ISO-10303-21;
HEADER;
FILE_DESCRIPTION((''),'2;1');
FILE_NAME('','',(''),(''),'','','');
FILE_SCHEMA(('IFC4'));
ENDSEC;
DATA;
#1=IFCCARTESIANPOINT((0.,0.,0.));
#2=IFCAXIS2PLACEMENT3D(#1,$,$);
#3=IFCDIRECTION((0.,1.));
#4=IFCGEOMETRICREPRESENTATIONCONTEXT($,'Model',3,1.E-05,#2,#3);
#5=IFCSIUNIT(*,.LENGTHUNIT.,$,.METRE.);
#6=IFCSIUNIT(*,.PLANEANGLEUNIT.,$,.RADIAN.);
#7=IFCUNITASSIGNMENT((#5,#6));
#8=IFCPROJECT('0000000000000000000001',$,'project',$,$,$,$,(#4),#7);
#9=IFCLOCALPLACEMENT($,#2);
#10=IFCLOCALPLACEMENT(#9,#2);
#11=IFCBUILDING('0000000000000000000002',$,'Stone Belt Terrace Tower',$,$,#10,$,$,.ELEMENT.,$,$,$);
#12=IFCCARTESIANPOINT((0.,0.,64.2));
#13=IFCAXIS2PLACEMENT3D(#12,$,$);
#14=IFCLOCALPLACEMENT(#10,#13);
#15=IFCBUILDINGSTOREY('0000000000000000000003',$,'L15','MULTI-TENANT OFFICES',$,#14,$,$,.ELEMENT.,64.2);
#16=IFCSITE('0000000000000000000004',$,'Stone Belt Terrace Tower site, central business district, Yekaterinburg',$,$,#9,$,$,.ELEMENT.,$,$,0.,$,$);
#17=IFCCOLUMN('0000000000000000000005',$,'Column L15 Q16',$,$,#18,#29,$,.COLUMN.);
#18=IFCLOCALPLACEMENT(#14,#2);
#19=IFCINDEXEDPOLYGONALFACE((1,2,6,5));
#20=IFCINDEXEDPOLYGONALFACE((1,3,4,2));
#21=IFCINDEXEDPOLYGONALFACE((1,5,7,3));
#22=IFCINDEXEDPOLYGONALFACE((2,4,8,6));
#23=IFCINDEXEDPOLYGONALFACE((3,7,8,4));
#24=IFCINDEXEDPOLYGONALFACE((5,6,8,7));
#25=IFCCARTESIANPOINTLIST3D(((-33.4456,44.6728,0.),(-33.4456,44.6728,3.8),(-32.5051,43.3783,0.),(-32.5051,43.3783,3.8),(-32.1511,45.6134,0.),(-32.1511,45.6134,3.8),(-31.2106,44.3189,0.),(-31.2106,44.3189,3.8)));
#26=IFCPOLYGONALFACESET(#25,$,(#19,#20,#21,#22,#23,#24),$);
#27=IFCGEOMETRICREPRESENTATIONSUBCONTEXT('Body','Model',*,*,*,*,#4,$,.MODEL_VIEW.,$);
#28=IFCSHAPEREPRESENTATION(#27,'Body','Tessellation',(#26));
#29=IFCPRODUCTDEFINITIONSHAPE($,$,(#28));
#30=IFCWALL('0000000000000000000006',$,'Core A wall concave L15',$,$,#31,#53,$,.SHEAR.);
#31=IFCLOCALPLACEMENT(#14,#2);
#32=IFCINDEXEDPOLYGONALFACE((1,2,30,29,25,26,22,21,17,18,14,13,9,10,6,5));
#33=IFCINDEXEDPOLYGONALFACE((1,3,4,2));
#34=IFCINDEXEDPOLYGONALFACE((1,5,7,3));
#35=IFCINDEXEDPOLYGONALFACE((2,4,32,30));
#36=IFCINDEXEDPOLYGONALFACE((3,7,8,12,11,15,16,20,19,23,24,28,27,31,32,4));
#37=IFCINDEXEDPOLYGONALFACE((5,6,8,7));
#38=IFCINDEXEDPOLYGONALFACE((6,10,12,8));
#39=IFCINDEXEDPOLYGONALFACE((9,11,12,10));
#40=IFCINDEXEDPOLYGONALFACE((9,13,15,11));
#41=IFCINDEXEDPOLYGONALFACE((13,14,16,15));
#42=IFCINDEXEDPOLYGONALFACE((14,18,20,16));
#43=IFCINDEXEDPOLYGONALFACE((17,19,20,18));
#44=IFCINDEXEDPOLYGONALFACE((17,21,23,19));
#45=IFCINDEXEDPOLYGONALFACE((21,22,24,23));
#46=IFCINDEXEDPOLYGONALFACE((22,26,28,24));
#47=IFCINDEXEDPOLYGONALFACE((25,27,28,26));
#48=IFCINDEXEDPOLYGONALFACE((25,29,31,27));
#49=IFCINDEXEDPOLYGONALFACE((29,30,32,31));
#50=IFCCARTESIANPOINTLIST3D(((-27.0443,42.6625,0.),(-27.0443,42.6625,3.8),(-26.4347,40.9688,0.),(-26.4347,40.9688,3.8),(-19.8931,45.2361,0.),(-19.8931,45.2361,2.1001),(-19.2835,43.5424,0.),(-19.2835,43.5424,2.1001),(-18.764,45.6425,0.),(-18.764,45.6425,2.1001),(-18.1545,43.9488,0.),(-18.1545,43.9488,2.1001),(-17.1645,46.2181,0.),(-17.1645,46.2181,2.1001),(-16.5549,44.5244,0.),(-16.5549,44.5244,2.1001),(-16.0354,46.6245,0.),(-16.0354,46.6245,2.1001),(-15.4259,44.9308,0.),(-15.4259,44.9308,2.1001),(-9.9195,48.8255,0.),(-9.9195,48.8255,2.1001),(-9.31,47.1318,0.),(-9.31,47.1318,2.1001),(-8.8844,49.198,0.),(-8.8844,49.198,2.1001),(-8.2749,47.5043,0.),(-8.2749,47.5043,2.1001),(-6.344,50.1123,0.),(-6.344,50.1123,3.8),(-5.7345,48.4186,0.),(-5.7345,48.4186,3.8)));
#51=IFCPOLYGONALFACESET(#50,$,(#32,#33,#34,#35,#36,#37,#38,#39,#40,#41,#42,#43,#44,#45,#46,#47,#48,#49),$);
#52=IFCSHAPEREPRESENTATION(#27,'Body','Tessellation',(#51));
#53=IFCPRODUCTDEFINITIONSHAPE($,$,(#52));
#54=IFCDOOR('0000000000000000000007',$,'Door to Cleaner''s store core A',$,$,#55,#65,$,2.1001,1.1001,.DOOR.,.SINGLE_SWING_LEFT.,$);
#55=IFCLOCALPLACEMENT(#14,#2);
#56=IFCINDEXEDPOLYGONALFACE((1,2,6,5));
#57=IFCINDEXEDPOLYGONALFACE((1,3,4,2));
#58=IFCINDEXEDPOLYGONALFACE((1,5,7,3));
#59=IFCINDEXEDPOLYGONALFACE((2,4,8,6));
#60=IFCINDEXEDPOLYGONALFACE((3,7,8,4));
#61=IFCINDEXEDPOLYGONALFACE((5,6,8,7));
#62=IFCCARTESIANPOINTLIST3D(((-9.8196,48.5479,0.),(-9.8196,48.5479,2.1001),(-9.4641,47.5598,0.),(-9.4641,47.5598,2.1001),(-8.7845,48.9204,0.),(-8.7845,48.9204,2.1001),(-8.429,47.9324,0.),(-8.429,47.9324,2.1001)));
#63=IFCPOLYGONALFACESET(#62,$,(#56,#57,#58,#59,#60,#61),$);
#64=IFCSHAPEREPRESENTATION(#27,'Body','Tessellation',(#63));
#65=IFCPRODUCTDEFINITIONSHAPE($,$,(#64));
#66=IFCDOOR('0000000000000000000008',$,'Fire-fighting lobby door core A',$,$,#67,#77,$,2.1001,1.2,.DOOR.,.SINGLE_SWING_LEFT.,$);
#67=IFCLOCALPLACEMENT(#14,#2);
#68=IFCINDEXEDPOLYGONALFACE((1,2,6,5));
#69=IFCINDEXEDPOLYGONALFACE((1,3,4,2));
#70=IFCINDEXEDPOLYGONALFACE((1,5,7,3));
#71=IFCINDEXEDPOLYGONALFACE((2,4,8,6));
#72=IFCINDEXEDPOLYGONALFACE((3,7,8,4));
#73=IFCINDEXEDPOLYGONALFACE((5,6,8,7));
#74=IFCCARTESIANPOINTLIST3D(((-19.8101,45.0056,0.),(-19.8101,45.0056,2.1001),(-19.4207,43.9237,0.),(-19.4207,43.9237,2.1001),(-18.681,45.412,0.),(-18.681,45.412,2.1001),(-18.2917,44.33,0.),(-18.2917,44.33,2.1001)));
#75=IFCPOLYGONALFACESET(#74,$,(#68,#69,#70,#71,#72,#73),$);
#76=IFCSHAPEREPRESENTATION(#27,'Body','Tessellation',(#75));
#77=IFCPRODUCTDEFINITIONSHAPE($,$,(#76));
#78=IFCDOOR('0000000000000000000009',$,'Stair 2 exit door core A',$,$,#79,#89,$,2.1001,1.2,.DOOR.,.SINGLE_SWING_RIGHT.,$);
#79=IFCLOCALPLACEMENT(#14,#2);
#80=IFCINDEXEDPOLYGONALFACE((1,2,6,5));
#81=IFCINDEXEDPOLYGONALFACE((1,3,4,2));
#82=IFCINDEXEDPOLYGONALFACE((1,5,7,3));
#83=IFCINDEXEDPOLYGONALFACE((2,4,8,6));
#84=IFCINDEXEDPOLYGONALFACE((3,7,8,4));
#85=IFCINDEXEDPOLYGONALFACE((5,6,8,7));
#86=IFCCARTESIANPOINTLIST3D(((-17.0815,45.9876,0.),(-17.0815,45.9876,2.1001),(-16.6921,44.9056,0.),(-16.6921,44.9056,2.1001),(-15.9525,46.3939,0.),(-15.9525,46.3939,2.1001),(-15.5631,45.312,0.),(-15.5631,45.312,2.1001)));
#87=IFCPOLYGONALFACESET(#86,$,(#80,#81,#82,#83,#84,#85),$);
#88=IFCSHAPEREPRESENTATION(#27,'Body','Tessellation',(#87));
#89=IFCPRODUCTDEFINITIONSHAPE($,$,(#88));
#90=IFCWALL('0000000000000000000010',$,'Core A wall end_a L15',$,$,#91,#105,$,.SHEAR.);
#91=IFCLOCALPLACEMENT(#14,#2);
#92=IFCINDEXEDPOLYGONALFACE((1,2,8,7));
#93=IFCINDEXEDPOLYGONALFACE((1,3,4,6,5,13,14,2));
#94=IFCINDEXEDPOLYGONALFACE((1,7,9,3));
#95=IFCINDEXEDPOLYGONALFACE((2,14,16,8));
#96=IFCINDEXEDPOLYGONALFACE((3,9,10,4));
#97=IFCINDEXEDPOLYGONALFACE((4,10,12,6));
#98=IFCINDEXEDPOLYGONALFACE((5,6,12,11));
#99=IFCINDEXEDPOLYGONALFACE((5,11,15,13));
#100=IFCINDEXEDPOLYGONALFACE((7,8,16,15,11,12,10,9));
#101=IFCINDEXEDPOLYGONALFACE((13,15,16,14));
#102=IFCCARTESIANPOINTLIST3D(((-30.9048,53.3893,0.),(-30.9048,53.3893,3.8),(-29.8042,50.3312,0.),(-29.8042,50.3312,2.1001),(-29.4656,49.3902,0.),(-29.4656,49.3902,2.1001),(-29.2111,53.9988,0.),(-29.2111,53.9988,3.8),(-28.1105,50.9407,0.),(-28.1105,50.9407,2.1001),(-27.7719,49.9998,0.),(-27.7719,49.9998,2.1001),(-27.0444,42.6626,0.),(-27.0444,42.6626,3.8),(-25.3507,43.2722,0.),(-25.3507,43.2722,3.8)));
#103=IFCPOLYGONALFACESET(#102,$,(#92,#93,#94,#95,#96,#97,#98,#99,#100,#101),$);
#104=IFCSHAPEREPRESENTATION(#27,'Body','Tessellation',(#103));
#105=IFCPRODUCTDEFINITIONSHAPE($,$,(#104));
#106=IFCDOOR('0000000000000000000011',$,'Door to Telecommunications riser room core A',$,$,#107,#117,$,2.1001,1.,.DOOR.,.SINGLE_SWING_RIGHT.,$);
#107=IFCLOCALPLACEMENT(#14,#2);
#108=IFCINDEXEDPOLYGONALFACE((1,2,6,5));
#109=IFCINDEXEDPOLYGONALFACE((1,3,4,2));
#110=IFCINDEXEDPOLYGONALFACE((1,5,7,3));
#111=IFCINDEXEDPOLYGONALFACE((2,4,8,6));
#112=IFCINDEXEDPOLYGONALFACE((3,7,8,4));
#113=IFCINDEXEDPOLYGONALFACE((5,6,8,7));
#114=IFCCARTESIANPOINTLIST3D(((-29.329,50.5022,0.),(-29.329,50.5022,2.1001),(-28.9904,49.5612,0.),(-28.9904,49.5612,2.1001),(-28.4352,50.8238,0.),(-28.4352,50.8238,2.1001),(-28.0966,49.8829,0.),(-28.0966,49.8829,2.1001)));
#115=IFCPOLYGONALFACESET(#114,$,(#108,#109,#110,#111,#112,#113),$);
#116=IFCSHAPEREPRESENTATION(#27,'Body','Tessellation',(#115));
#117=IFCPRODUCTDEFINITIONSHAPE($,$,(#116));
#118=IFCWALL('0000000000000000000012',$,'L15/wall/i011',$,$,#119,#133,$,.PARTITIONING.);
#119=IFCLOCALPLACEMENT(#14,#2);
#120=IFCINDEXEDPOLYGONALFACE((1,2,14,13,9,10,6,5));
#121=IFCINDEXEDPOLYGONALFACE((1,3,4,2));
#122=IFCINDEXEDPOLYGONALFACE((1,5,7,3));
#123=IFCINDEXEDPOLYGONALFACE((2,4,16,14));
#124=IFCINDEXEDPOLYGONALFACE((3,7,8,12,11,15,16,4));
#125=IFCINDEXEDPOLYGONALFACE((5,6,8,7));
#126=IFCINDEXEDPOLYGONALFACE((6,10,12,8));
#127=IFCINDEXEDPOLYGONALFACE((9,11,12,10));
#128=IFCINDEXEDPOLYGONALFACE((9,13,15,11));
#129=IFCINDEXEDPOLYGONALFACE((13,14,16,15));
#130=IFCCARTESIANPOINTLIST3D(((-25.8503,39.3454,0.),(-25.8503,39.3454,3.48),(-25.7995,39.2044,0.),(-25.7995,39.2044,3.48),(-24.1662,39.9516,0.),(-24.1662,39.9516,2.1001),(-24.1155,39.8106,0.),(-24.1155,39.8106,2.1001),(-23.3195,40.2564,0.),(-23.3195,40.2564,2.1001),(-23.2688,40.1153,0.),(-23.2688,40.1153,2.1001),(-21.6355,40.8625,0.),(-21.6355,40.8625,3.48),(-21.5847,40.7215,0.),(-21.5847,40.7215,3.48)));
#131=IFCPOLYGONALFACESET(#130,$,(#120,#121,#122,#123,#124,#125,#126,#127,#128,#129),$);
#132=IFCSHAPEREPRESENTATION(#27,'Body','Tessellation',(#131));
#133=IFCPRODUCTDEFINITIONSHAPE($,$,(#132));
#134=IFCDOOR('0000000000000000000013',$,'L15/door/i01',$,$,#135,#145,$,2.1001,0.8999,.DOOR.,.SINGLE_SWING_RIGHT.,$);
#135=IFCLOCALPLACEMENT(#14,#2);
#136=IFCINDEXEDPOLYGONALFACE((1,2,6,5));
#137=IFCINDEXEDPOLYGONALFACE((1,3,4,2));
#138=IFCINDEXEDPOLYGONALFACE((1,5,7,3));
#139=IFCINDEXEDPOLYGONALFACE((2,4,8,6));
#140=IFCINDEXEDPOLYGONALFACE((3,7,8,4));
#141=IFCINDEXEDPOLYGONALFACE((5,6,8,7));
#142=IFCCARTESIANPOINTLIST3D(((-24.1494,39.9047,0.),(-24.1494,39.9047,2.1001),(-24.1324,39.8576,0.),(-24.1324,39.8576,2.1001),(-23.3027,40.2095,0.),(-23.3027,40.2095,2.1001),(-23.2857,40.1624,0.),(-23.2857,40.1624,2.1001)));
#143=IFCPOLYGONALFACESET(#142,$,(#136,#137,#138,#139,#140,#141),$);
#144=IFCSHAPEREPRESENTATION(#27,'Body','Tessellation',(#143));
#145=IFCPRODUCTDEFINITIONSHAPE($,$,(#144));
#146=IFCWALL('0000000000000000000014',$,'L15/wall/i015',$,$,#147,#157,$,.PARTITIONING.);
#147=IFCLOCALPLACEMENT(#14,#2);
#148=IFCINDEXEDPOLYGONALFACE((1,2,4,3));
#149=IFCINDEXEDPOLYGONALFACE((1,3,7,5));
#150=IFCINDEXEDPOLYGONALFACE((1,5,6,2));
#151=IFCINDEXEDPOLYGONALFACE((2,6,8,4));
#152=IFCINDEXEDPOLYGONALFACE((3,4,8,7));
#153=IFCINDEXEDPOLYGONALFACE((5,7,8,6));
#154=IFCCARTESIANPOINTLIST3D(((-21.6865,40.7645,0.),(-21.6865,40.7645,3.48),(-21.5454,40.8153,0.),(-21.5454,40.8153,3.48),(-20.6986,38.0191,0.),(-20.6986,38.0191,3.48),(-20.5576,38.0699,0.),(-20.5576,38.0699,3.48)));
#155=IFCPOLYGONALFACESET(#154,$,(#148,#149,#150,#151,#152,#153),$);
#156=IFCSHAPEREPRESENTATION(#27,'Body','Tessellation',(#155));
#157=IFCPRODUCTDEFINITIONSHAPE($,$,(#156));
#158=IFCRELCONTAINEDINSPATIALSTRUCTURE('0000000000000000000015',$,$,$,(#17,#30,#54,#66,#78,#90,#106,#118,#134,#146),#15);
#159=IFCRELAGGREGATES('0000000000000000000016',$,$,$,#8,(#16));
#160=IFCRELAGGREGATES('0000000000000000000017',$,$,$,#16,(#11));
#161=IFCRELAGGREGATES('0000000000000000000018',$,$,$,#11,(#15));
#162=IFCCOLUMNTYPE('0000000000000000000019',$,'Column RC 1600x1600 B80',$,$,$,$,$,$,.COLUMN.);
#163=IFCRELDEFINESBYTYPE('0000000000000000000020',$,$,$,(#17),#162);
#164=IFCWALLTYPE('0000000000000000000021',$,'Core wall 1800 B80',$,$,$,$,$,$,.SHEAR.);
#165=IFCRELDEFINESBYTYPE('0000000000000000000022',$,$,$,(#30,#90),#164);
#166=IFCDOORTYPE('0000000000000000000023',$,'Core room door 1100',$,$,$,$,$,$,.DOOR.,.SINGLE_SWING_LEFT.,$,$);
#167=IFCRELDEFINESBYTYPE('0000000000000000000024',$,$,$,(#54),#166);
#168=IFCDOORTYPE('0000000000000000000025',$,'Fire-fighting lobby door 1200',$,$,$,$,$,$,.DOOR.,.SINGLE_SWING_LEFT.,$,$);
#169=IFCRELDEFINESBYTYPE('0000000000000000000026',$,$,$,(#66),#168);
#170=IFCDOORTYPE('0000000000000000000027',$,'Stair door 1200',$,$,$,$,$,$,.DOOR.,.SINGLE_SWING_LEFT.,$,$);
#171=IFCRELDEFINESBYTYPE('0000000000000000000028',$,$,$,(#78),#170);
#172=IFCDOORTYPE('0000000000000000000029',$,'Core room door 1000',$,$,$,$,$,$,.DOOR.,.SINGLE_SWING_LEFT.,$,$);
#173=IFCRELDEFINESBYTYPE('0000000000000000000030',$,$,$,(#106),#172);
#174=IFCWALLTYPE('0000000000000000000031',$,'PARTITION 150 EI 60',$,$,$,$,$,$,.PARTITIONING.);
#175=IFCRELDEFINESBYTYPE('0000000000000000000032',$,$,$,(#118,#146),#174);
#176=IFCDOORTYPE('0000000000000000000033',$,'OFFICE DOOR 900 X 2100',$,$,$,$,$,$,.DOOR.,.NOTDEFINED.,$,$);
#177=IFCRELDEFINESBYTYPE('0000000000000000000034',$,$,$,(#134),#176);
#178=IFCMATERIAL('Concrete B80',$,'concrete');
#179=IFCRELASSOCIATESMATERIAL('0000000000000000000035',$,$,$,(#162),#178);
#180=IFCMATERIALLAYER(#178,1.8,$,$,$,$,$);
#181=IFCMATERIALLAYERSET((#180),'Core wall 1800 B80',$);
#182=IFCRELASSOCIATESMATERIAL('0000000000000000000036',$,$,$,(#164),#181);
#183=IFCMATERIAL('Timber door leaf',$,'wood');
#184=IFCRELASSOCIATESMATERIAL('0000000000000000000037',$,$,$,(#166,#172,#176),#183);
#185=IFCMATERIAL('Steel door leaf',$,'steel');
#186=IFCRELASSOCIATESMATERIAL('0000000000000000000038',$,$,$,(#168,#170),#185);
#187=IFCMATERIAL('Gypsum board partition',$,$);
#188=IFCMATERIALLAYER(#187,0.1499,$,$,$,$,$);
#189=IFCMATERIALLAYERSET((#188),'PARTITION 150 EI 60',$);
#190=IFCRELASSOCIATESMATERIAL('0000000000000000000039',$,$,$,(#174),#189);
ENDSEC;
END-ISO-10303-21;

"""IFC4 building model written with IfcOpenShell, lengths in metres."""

from ifc_helpers import new_model, si_unit, direction, frame, frame_2d, origin, origin_2d, place, context, subcontext, project, spatial, rectangle, extrude, material, layer, layer_set, material_profile, profile_set, type_object, element, fill, save


model = new_model("IFC4")

# Units and contexts
model_context = context("Model", 3, precision=1e-05, world=origin(), true_north=direction((0.0, 1.0)))
body_context = subcontext(model_context, "Body", "Model", "MODEL_VIEW")
ifc_project = project(units=[si_unit("LENGTHUNIT", "METRE"), si_unit("PLANEANGLEUNIT", "RADIAN")], contexts=[model_context])

# Site, building, storey
site_placement = place(None, origin())
site = spatial("IfcSite", under=ifc_project, at=site_placement, Name="Stone Belt Terrace Tower site, central business district, Yekaterinburg", CompositionType="ELEMENT", RefElevation=0.0)
building_placement = place(site_placement, origin())
building = spatial("IfcBuilding", under=site, at=building_placement, Name="Stone Belt Terrace Tower", CompositionType="ELEMENT")
storey_placement = place(building_placement, frame((0.0, 0.0, 64.2)))
storey = spatial("IfcBuildingStorey", under=building, at=storey_placement, Name="L15", Description="MULTI-TENANT OFFICES", CompositionType="ELEMENT", Elevation=64.2)

# Column
ifc_material_1 = material(Name="Concrete B80", Category="concrete")
ifc_material_profile = material_profile(ifc_material_1, rectangle(XDim=1.6001, YDim=1.6001, at=origin_2d()), Name="RC 1600x1600")
ifc_profile_set = profile_set([ifc_material_profile], Name="Concrete B80")
column_type = type_object("IfcColumnType", Name="Column RC 1600x1600 B80", PredefinedType="COLUMN", material=ifc_profile_set)
column_placement = place(storey_placement, frame((-32.3281, 44.4958, 0.0), z_axis=(0.0, 0.0, 1.0), x_axis=(0.809017, 0.587785, 0.0)))
element("IfcColumn", 1, at=column_placement, inside=storey, type_object=column_type, Name="Column L15 Q16", PredefinedType="COLUMN", context=body_context, shape_type="SweptSolid", body=[
    extrude(rectangle(XDim=1.6001, YDim=1.6001, at=origin_2d()), origin(), (0.0, 0.0, 1.0), 3.8),
])

# Wall, openings, doors
ifc_layer_1 = layer(ifc_material_1, 1.8)
ifc_layer_set_1 = layer_set([ifc_layer_1], Name="Core wall 1800 B80")
wall_type_1 = type_object("IfcWallType", Name="Core wall 1800 B80", PredefinedType="SHEAR", material=ifc_layer_set_1)
wall_1_placement = place(storey_placement, frame((-26.7395, 41.8157, 0.0), z_axis=(0.0, 0.0, 1.0), x_axis=(0.940922, 0.338624, 0.0)))
wall_1 = element("IfcWall", 2, at=wall_1_placement, inside=storey, type_object=wall_type_1, Name="Core A wall concave L15", PredefinedType="SHEAR", context=body_context, shape_type="SweptSolid", body=[
    extrude(rectangle(XDim=22.0, YDim=1.8, at=frame_2d((11.0, 0.0))), origin(), (0.0, 0.0, 1.0), 3.8),
])
opening_1_placement = place(wall_1_placement, frame((7.6001, 0.0, 0.0)))
opening_1 = element("IfcOpeningElement", 3, at=opening_1_placement, cuts=wall_1, PredefinedType="OPENING", context=body_context, shape_type="SweptSolid", body=[
    extrude(rectangle(XDim=1.2, YDim=2.1001, at=frame_2d((0.6001, 1.05))), frame((0.0, 0.9099, 0.0), z_axis=(0.0, -1.0, 0.0), x_axis=(1.0, 0.0, 0.0)), (0.0, 0.0, 1.0), 1.8201),
])
opening_2_placement = place(wall_1_placement, frame((10.5, 0.0, 0.0)))
opening_2 = element("IfcOpeningElement", 4, at=opening_2_placement, cuts=wall_1, PredefinedType="OPENING", context=body_context, shape_type="SweptSolid", body=[
    extrude(rectangle(XDim=1.2, YDim=2.1001, at=frame_2d((0.6001, 1.05))), frame((0.0, 0.9099, 0.0), z_axis=(0.0, -1.0, 0.0), x_axis=(1.0, 0.0, 0.0)), (0.0, 0.0, 1.0), 1.8201),
])
opening_3_placement = place(wall_1_placement, frame((18.2, 0.0, 0.0)))
opening_3 = element("IfcOpeningElement", 5, at=opening_3_placement, cuts=wall_1, PredefinedType="OPENING", context=body_context, shape_type="SweptSolid", body=[
    extrude(rectangle(XDim=1.1001, YDim=2.1001, at=frame_2d((0.55, 1.05))), frame((0.0, 0.9099, 0.0), z_axis=(0.0, -1.0, 0.0), x_axis=(1.0, 0.0, 0.0)), (0.0, 0.0, 1.0), 1.8201),
])
ifc_material_2 = material(Name="Timber door leaf", Category="wood")
door_type_1 = type_object("IfcDoorType", Name="Core room door 1100", OperationType="SINGLE_SWING_LEFT", PredefinedType="DOOR", material=ifc_material_2)
door_1_placement = place(opening_3_placement, origin())
door_1 = element("IfcDoor", 6, at=door_1_placement, inside=storey, type_object=door_type_1, Name="Door to Cleaner's store core A", OperationType="SINGLE_SWING_LEFT", OverallHeight=2.1001, OverallWidth=1.1001, PredefinedType="DOOR", context=body_context, shape_type="SweptSolid", body=[
    extrude(rectangle(XDim=1.1001, YDim=2.1001, at=frame_2d((0.55, 1.05))), frame((0.0, 0.605, 0.0), z_axis=(0.0, -1.0, 0.0), x_axis=(1.0, 0.0, 0.0)), (0.0, 0.0, 1.0), 1.05),
])
fill(opening_3, door_1)
ifc_material_3 = material(Name="Steel door leaf", Category="steel")
door_type_2 = type_object("IfcDoorType", Name="Fire-fighting lobby door 1200", OperationType="SINGLE_SWING_LEFT", PredefinedType="DOOR", material=ifc_material_3)
door_2_placement = place(opening_1_placement, origin())
door_2 = element("IfcDoor", 7, at=door_2_placement, inside=storey, type_object=door_type_2, Name="Fire-fighting lobby door core A", OperationType="SINGLE_SWING_LEFT", OverallHeight=2.1001, OverallWidth=1.2, PredefinedType="DOOR", context=body_context, shape_type="SweptSolid", body=[
    extrude(rectangle(XDim=1.2, YDim=2.1001, at=frame_2d((0.6001, 1.05))), frame((0.0, 0.655, 0.0), z_axis=(0.0, -1.0, 0.0), x_axis=(1.0, 0.0, 0.0)), (0.0, 0.0, 1.0), 1.1499),
])
fill(opening_1, door_2)
door_type_3 = type_object("IfcDoorType", Name="Stair door 1200", OperationType="SINGLE_SWING_LEFT", PredefinedType="DOOR", material=ifc_material_3)
door_3_placement = place(opening_2_placement, origin())
door_3 = element("IfcDoor", 8, at=door_3_placement, inside=storey, type_object=door_type_3, Name="Stair 2 exit door core A", OperationType="SINGLE_SWING_RIGHT", OverallHeight=2.1001, OverallWidth=1.2, PredefinedType="DOOR", context=body_context, shape_type="SweptSolid", body=[
    extrude(rectangle(XDim=1.2, YDim=2.1001, at=frame_2d((0.6001, 1.05))), frame((0.0, 0.655, 0.0), z_axis=(0.0, -1.0, 0.0), x_axis=(1.0, 0.0, 0.0)), (0.0, 0.0, 1.0), 1.1499),
])
fill(opening_2, door_3)

# Walls, openings, doors
wall_2_placement = place(storey_placement, frame((-26.1975, 42.9673, 0.0), z_axis=(0.0, 0.0, 1.0), x_axis=(-0.338625, 0.940921, 0.0)))
wall_2 = element("IfcWall", 9, at=wall_2_placement, inside=storey, type_object=wall_type_1, Name="Core A wall end_a L15", PredefinedType="SHEAR", context=body_context, shape_type="SweptSolid", body=[
    extrude(rectangle(XDim=11.4001, YDim=1.8, at=frame_2d((5.7002, 0.0))), origin(), (0.0, 0.0, 1.0), 3.8),
])
opening_4_placement = place(wall_2_placement, frame((7.1501, 0.0, 0.0)))
opening_4 = element("IfcOpeningElement", 10, at=opening_4_placement, cuts=wall_2, PredefinedType="OPENING", context=body_context, shape_type="SweptSolid", body=[
    extrude(rectangle(XDim=1.0, YDim=2.1001, at=frame_2d((0.5, 1.05))), frame((0.0, 0.9099, 0.0), z_axis=(0.0, -1.0, 0.0), x_axis=(1.0, 0.0, 0.0)), (0.0, 0.0, 1.0), 1.8201),
])
door_type_4 = type_object("IfcDoorType", Name="Core room door 1000", OperationType="SINGLE_SWING_LEFT", PredefinedType="DOOR", material=ifc_material_2)
door_4_placement = place(opening_4_placement, origin())
door_4 = element("IfcDoor", 11, at=door_4_placement, inside=storey, type_object=door_type_4, Name="Door to Telecommunications riser room core A", OperationType="SINGLE_SWING_RIGHT", OverallHeight=2.1001, OverallWidth=1.0, PredefinedType="DOOR", context=body_context, shape_type="SweptSolid", body=[
    extrude(rectangle(XDim=1.0, YDim=2.1001, at=frame_2d((0.5, 1.05))), frame((0.0, 0.395, 0.0), z_axis=(0.0, -1.0, 0.0), x_axis=(1.0, 0.0, 0.0)), (0.0, 0.0, 1.0), 0.95),
])
fill(opening_4, door_4)
ifc_material_4 = material(Name="Gypsum board partition")
ifc_layer_2 = layer(ifc_material_4, 0.1499)
ifc_layer_set_2 = layer_set([ifc_layer_2], Name="PARTITION 150 EI 60")
wall_type_2 = type_object("IfcWallType", Name="PARTITION 150 EI 60", PredefinedType="PARTITIONING", material=ifc_layer_set_2)
wall_3_placement = place(storey_placement, frame((-21.6101, 40.792, 0.0), z_axis=(0.0, 0.0, 1.0), x_axis=(-0.940905, -0.338669, 0.0)))
wall_3 = element("IfcWall", 12, at=wall_3_placement, inside=storey, type_object=wall_type_2, Name="L15/wall/i011", PredefinedType="PARTITIONING", context=body_context, shape_type="SweptSolid", body=[
    extrude(rectangle(XDim=4.4795, YDim=0.1499, at=frame_2d((2.2397, 0.0))), origin(), (0.0, 0.0, 1.0), 3.48),
])
opening_5_placement = place(wall_3_placement, frame((1.7898, 0.0, 0.0)))
opening_5 = element("IfcOpeningElement", 13, at=opening_5_placement, cuts=wall_3, PredefinedType="OPENING", context=body_context, shape_type="SweptSolid", body=[
    extrude(rectangle(XDim=0.8999, YDim=2.1001, at=frame_2d((0.45, 1.05))), frame((0.0, 0.085, 0.0), z_axis=(0.0, -1.0, 0.0), x_axis=(1.0, 0.0, 0.0)), (0.0, 0.0, 1.0), 0.1699),
])
door_type_5 = type_object("IfcDoorType", Name="OFFICE DOOR 900 X 2100", OperationType="NOTDEFINED", PredefinedType="DOOR", material=ifc_material_2)
door_5_placement = place(opening_5_placement, origin())
door_5 = element("IfcDoor", 14, at=door_5_placement, inside=storey, type_object=door_type_5, Name="L15/door/i01", OperationType="SINGLE_SWING_RIGHT", OverallHeight=2.1001, OverallWidth=0.8999, PredefinedType="DOOR", context=body_context, shape_type="SweptSolid", body=[
    extrude(rectangle(XDim=0.8999, YDim=2.1001, at=frame_2d((0.45, 1.05))), frame((0.0, 0.0249, 0.0), z_axis=(0.0, -1.0, 0.0), x_axis=(1.0, 0.0, 0.0)), (0.0, 0.0, 1.0), 0.05),
])
fill(opening_5, door_5)

# Wall
wall_4_placement = place(storey_placement, frame((-21.616, 40.79, 0.0), z_axis=(0.0, 0.0, 1.0), x_axis=(0.338556, -0.940946, 0.0)))
element("IfcWall", 15, at=wall_4_placement, inside=storey, type_object=wall_type_2, Name="L15/wall/i015", PredefinedType="PARTITIONING", context=body_context, shape_type="SweptSolid", body=[
    extrude(rectangle(XDim=2.9177, YDim=0.1499, at=frame_2d((1.459, 0.0))), origin(), (0.0, 0.0, 1.0), 3.48),
])

save(model, "model.ifc")
